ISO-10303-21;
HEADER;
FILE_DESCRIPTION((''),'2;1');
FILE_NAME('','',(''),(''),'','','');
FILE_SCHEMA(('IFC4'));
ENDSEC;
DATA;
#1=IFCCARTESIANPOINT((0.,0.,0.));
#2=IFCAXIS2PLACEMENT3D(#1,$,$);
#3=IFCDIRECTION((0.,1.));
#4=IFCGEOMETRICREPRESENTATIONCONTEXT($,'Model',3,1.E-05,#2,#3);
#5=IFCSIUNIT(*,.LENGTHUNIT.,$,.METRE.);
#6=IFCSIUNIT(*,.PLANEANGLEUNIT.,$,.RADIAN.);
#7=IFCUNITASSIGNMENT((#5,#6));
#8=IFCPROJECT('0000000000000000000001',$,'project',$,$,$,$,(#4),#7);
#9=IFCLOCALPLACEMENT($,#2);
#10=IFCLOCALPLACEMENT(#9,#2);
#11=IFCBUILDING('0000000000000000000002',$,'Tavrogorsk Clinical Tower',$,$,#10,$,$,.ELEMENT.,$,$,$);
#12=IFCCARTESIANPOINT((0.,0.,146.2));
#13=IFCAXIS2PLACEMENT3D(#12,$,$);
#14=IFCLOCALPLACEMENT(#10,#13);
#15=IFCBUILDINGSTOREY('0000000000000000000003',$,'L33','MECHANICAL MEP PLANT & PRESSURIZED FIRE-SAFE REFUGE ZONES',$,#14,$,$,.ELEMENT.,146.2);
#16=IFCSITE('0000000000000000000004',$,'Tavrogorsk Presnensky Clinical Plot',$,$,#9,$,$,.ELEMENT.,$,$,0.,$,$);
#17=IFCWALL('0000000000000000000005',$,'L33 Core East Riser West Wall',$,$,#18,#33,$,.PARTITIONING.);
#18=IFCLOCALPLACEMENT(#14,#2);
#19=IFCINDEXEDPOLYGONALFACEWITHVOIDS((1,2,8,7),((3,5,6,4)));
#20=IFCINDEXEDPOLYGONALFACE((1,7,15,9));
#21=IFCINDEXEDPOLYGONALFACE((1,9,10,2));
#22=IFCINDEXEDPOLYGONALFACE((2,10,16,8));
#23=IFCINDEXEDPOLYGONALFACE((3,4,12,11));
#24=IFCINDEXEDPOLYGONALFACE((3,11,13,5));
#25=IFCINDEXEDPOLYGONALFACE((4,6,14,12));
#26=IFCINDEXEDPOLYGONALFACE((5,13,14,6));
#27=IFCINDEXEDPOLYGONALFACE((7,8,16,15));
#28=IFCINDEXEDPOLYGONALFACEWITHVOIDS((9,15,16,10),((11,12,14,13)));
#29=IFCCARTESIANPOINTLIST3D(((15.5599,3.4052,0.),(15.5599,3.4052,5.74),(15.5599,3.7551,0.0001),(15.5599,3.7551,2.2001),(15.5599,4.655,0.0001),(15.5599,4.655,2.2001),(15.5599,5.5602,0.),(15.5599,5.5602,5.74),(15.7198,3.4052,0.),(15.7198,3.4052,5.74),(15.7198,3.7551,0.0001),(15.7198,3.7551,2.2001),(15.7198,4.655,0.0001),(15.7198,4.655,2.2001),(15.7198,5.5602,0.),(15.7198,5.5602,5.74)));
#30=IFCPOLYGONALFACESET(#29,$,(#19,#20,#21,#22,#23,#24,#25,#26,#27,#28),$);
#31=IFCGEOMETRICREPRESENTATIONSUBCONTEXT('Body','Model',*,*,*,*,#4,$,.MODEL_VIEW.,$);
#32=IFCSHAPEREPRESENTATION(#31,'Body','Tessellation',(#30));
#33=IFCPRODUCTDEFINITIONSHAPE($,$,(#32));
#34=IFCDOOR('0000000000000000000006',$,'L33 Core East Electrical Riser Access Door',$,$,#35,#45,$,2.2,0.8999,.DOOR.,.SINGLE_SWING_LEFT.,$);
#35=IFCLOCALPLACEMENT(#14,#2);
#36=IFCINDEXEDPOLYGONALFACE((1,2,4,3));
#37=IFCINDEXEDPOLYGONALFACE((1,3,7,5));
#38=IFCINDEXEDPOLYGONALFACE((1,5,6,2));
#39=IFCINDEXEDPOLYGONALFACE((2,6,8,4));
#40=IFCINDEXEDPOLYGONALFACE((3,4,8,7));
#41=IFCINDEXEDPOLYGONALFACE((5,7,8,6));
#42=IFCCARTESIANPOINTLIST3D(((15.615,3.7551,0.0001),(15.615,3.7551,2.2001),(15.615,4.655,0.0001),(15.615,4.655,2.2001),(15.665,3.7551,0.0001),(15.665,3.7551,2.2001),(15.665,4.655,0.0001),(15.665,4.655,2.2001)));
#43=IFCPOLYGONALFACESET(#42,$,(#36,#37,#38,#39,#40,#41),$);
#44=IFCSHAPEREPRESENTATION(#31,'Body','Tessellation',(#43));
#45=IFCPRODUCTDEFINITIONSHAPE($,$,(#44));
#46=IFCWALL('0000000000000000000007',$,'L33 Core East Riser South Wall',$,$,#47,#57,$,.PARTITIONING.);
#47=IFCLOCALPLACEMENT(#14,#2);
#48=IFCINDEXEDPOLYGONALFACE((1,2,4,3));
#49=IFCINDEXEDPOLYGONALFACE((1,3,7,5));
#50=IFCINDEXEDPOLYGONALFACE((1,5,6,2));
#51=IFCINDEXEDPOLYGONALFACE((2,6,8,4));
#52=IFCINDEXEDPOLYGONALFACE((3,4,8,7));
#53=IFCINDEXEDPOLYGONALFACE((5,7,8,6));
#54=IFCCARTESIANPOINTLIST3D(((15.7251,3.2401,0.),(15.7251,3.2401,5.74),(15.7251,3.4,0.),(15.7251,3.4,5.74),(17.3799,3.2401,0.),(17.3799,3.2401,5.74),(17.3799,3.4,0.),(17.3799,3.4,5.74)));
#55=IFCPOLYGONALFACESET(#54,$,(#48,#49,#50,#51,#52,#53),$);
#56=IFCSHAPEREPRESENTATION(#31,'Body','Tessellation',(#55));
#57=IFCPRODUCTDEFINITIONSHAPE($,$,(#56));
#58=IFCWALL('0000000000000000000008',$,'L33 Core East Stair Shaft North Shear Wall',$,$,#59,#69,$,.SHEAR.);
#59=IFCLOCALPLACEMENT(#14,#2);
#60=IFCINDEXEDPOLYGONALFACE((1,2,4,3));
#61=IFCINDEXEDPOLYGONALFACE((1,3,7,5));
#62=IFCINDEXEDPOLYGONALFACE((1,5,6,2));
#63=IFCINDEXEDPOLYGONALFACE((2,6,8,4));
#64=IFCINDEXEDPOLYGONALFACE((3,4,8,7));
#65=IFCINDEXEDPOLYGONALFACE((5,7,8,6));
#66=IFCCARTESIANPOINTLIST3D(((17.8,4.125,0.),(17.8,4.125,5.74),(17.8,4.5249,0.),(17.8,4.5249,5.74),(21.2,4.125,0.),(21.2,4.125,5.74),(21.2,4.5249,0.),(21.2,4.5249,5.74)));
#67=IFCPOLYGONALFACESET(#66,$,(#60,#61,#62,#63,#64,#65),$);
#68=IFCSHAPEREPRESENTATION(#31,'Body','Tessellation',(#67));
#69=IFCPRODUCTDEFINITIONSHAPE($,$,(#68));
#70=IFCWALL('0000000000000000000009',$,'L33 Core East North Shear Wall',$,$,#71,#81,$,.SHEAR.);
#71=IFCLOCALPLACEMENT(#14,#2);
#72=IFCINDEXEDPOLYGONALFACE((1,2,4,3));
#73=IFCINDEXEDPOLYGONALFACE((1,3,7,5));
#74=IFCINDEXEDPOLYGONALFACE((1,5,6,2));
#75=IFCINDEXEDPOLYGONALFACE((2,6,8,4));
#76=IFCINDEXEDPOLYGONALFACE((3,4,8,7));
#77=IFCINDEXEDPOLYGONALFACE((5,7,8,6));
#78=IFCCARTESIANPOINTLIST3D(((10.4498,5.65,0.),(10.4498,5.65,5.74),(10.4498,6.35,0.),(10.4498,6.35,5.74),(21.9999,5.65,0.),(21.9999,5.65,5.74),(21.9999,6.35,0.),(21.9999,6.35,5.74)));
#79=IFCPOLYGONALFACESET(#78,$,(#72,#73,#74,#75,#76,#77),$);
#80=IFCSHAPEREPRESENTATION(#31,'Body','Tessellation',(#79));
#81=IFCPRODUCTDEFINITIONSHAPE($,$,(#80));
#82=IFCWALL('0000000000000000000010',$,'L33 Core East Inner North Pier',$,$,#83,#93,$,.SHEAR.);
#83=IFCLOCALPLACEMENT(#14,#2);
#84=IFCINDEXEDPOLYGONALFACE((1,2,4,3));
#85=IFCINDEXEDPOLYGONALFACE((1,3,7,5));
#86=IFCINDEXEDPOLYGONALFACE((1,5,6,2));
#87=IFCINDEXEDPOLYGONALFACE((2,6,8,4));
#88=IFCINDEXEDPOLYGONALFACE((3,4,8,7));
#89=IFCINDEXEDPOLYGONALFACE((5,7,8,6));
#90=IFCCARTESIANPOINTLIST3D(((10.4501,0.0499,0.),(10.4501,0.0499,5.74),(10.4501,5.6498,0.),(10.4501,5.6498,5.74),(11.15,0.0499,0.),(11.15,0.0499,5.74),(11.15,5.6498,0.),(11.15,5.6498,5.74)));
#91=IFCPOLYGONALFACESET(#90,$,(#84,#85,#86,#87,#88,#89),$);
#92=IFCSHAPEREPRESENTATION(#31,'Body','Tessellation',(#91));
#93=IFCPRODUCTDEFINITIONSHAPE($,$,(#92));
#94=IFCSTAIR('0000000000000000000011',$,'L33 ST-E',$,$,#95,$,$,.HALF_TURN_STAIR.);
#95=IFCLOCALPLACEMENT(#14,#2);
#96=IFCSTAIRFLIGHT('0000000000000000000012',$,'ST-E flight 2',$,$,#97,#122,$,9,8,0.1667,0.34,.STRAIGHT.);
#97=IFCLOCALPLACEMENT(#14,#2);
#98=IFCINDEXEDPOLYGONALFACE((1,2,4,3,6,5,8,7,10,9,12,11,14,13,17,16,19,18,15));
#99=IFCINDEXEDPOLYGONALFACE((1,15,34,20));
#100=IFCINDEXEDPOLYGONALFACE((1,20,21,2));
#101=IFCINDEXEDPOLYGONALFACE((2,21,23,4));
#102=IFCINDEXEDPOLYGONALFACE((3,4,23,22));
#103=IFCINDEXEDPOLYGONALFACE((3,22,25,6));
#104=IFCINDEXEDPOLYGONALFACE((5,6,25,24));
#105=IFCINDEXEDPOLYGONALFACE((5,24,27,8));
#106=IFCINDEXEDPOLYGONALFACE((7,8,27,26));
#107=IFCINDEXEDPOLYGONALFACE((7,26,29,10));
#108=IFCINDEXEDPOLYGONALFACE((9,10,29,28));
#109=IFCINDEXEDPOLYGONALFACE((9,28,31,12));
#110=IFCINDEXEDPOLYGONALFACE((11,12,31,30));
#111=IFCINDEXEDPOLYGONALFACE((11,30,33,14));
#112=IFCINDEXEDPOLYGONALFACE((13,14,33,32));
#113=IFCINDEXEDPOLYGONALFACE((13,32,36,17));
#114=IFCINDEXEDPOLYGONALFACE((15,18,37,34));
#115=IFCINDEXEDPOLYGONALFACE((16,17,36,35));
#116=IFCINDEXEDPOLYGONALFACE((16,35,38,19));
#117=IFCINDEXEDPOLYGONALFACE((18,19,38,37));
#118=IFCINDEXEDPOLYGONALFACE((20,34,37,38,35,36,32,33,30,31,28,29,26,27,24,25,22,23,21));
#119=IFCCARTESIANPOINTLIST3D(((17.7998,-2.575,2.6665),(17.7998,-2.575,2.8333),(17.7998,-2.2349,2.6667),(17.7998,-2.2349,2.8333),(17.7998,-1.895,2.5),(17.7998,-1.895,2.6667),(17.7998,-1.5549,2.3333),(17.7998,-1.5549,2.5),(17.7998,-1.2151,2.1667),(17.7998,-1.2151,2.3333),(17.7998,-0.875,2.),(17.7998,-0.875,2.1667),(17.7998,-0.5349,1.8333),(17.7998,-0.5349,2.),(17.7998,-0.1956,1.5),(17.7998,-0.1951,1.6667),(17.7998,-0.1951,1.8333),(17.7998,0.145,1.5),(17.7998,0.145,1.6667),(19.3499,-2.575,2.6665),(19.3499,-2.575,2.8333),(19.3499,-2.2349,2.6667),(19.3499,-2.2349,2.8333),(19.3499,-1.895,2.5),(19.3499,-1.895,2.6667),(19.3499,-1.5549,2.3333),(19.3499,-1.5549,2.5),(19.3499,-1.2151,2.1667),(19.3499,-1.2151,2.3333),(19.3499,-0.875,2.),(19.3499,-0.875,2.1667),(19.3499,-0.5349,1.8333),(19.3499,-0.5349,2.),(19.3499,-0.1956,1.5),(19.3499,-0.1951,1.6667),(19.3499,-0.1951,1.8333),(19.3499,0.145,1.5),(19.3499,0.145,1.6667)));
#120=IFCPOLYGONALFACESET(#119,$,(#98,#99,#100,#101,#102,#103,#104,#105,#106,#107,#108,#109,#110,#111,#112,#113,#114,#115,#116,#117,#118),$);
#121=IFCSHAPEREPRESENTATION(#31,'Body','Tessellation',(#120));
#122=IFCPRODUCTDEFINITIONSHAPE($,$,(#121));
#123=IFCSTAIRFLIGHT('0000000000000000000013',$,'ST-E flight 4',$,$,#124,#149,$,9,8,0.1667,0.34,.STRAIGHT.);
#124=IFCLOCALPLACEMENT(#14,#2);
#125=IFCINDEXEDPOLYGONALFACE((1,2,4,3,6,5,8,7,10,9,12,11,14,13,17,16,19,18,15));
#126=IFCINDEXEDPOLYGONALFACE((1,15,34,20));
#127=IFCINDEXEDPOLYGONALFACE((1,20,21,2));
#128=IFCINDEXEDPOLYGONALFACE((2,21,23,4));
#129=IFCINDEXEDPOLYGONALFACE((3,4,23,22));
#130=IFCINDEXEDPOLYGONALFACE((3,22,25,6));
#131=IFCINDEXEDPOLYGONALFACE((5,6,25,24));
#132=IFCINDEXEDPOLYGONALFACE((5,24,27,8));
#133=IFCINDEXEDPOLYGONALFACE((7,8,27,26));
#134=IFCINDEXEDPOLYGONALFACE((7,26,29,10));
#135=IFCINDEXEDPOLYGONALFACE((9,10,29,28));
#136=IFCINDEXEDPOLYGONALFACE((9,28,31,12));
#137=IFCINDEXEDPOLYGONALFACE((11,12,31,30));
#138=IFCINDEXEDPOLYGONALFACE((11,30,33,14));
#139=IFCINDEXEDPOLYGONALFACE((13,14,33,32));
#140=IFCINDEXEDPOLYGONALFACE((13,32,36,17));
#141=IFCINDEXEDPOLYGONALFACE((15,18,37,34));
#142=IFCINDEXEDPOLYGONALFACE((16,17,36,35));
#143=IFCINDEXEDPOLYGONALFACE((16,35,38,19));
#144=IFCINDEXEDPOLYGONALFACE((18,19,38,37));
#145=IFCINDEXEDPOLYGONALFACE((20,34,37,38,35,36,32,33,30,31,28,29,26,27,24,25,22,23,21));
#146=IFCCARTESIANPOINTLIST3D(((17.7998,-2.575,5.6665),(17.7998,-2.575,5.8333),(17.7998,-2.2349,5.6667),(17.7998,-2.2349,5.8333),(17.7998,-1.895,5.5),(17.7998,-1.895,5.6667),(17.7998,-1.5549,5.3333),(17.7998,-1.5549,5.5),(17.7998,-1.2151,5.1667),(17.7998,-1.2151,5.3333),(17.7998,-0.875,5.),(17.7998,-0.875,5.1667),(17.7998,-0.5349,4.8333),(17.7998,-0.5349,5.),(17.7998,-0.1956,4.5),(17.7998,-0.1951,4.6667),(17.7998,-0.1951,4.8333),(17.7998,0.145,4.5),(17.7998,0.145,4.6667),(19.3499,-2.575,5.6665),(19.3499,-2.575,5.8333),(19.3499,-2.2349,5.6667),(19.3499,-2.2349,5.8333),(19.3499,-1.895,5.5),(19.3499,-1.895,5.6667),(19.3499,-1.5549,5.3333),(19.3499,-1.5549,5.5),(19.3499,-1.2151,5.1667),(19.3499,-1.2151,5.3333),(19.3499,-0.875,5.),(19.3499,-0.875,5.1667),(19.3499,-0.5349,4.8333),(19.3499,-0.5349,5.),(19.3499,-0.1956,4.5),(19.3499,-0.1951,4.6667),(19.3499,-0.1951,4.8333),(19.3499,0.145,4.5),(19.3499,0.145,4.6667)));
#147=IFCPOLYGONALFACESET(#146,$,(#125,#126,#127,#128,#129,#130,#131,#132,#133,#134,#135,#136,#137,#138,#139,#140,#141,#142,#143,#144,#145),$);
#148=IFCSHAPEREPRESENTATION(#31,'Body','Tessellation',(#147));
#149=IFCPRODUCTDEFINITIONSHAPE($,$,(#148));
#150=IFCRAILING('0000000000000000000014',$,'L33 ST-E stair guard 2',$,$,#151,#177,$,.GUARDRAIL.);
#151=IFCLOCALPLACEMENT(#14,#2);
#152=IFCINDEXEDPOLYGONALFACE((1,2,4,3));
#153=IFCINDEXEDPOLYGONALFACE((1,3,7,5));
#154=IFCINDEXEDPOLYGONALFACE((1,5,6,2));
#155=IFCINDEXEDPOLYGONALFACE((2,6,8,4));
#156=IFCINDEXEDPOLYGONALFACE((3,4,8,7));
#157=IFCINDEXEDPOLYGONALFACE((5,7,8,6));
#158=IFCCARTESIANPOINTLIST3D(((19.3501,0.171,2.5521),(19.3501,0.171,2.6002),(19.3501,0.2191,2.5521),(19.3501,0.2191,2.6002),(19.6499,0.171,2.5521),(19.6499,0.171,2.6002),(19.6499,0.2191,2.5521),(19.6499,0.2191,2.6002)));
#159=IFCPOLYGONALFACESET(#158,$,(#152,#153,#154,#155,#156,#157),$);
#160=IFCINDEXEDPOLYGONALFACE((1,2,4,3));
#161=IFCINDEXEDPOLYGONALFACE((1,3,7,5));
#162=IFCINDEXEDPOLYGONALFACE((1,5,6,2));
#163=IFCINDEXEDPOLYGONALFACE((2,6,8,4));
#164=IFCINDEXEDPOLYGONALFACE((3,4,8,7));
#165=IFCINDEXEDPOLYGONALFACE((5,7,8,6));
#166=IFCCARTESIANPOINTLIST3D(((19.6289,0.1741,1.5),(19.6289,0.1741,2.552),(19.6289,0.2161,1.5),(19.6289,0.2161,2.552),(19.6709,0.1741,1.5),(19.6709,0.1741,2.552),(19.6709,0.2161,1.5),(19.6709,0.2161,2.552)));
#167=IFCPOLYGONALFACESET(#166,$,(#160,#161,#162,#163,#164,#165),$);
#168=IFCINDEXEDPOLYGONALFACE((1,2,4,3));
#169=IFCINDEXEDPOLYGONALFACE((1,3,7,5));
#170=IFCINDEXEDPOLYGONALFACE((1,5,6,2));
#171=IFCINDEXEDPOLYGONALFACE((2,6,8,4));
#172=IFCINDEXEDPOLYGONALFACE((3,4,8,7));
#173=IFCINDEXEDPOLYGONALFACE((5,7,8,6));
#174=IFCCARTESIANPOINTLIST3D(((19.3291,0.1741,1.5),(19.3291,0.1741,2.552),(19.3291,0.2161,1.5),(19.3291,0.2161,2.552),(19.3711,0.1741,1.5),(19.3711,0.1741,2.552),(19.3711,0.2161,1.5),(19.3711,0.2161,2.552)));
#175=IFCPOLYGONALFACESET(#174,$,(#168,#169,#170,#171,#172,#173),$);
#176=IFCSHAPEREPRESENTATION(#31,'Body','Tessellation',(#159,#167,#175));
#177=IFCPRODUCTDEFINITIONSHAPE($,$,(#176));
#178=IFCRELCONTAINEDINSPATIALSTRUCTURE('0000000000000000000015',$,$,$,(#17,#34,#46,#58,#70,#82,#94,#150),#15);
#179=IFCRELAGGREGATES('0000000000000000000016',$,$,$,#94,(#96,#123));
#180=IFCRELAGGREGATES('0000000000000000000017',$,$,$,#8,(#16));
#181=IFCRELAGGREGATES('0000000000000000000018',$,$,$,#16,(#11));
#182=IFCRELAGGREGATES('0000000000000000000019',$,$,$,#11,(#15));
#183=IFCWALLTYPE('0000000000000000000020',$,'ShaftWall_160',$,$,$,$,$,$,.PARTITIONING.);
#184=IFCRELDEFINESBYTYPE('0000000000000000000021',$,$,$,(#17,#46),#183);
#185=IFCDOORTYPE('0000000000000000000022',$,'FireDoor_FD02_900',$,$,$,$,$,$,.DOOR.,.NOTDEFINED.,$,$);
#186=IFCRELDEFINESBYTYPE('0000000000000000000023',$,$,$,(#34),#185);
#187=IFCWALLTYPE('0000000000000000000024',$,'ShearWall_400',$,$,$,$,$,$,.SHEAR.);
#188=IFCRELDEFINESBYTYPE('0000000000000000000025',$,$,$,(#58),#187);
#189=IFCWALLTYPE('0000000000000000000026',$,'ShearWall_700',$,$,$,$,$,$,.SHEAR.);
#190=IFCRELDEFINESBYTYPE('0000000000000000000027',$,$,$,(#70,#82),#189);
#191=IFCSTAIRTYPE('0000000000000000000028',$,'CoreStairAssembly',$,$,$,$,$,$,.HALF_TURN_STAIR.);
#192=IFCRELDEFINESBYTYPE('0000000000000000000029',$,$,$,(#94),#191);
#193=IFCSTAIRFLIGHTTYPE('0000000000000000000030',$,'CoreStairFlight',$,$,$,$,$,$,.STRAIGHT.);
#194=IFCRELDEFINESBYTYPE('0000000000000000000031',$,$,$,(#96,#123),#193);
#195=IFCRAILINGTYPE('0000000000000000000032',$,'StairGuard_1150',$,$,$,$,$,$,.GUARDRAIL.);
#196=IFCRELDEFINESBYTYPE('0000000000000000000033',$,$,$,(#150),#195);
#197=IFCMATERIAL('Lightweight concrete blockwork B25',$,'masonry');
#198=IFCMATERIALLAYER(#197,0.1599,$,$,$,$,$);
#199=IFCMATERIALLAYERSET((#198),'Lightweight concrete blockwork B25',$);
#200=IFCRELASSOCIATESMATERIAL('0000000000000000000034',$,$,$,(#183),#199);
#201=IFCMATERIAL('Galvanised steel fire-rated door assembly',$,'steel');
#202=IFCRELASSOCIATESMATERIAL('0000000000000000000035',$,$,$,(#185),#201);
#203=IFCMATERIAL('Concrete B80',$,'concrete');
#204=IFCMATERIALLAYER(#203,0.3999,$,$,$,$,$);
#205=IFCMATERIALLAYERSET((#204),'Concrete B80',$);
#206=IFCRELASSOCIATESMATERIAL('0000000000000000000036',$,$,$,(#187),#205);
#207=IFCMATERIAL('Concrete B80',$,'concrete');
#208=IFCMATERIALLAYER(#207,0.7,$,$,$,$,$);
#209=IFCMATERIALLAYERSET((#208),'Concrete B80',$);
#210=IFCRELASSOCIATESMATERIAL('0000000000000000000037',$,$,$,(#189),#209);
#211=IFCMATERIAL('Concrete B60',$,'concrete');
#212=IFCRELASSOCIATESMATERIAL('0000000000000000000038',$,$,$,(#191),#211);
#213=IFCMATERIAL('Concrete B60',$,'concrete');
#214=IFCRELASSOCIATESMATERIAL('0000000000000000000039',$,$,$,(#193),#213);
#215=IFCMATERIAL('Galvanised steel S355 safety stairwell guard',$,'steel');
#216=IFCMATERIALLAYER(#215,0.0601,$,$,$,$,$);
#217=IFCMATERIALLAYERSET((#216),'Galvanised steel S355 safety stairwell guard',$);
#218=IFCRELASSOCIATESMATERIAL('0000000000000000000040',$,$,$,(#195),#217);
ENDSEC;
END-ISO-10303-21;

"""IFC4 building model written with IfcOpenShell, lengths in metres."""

from ifc_helpers import new_model, si_unit, direction, frame, frame_2d, origin, origin_2d, place, context, subcontext, project, spatial, polyline, rectangle, outline, extrude, material, layer, layer_set, type_object, element, fill, aggregate, save


model = new_model("IFC4")

# Units and contexts
model_context = context("Model", 3, precision=1e-05, world=origin(), true_north=direction((0.0, 1.0)))
body_context = subcontext(model_context, "Body", "Model", "MODEL_VIEW")
ifc_project = project(units=[si_unit("LENGTHUNIT", "METRE"), si_unit("PLANEANGLEUNIT", "RADIAN")], contexts=[model_context])

# Site, building, storey
site_placement = place(None, origin())
site = spatial("IfcSite", under=ifc_project, at=site_placement, Name="Tavrogorsk Presnensky Clinical Plot", CompositionType="ELEMENT", RefElevation=0.0)
building_placement = place(site_placement, origin())
building = spatial("IfcBuilding", under=site, at=building_placement, Name="Tavrogorsk Clinical Tower", CompositionType="ELEMENT")
storey_placement = place(building_placement, frame((0.0, 0.0, 146.2)))
storey = spatial("IfcBuildingStorey", under=building, at=storey_placement, Name="L33", Description="MECHANICAL MEP PLANT & PRESSURIZED FIRE-SAFE REFUGE ZONES", CompositionType="ELEMENT", Elevation=146.2)

# Shared definitions
ifc_material_1 = material(Name="Lightweight concrete blockwork B25", Category="masonry")
ifc_layer_1 = layer(ifc_material_1, 0.1599)
ifc_layer_set_1 = layer_set([ifc_layer_1], Name="Lightweight concrete blockwork B25")
wall_type_1 = type_object("IfcWallType", Name="ShaftWall_160", PredefinedType="PARTITIONING", material=ifc_layer_set_1)

# Wall, opening, door
wall_1_placement = place(storey_placement, frame((15.6399, 3.405, 0.0), z_axis=(0.0, 0.0, 1.0), x_axis=(0.0, 1.0, 0.0)))
wall_1 = element("IfcWall", 1, at=wall_1_placement, inside=storey, type_object=wall_type_1, Name="L33 Core East Riser West Wall", PredefinedType="PARTITIONING", context=body_context, shape_type="SweptSolid", body=[
    extrude(rectangle(XDim=2.155, YDim=0.1599, at=frame_2d((1.0776, 0.0))), origin(), (0.0, 0.0, 1.0), 5.74),
])
opening_1_placement = place(wall_1_placement, frame((0.3501, 0.0, 0.0)))
opening_1 = element("IfcOpeningElement", 2, at=opening_1_placement, cuts=wall_1, PredefinedType="OPENING", context=body_context, shape_type="SweptSolid", body=[
    extrude(rectangle(XDim=0.8999, YDim=2.2, at=frame_2d((0.45, 1.1001))), frame((0.0, 0.0898, 0.0), z_axis=(0.0, -1.0, 0.0), x_axis=(1.0, 0.0, 0.0)), (0.0, 0.0, 1.0), 0.1799),
])
ifc_material_2 = material(Name="Galvanised steel fire-rated door assembly", Category="steel")
door_type_1 = type_object("IfcDoorType", Name="FireDoor_FD02_900", OperationType="NOTDEFINED", PredefinedType="DOOR", material=ifc_material_2)
door_1_placement = place(opening_1_placement, origin())
door_1 = element("IfcDoor", 3, at=door_1_placement, inside=storey, type_object=door_type_1, Name="L33 Core East Electrical Riser Access Door", OperationType="SINGLE_SWING_LEFT", OverallHeight=2.2, OverallWidth=0.8999, PredefinedType="DOOR", context=body_context, shape_type="SweptSolid", body=[
    extrude(rectangle(XDim=0.8999, YDim=2.2, at=frame_2d((0.45, 1.1001))), frame((0.0, 0.0249, 0.0), z_axis=(0.0, -1.0, 0.0), x_axis=(1.0, 0.0, 0.0)), (0.0, 0.0, 1.0), 0.05),
])
fill(opening_1, door_1)

# Walls
wall_2_placement = place(storey_placement, frame((15.7251, 3.3201, 0.0), z_axis=(0.0, 0.0, 1.0), x_axis=(1.0, 0.0, 0.0)))
element("IfcWall", 4, at=wall_2_placement, inside=storey, type_object=wall_type_1, Name="L33 Core East Riser South Wall", PredefinedType="PARTITIONING", context=body_context, shape_type="SweptSolid", body=[
    extrude(rectangle(XDim=1.6548, YDim=0.1599, at=frame_2d((0.8274, 0.0))), origin(), (0.0, 0.0, 1.0), 5.74),
])
ifc_material_3 = material(Name="Concrete B80", Category="concrete")
ifc_layer_2 = layer(ifc_material_3, 0.3999)
ifc_layer_set_2 = layer_set([ifc_layer_2], Name="Concrete B80")
wall_type_2 = type_object("IfcWallType", Name="ShearWall_400", PredefinedType="SHEAR", material=ifc_layer_set_2)
wall_3_placement = place(storey_placement, frame((17.8, 4.325, 0.0), z_axis=(0.0, 0.0, 1.0), x_axis=(1.0, 0.0, 0.0)))
element("IfcWall", 5, at=wall_3_placement, inside=storey, type_object=wall_type_2, Name="L33 Core East Stair Shaft North Shear Wall", PredefinedType="SHEAR", context=body_context, shape_type="SweptSolid", body=[
    extrude(rectangle(XDim=3.3999, YDim=0.3999, at=frame_2d((1.7, 0.0))), origin(), (0.0, 0.0, 1.0), 5.74),
])
ifc_material_4 = material(Name="Concrete B80", Category="concrete")
ifc_layer_3 = layer(ifc_material_4, 0.7)
ifc_layer_set_3 = layer_set([ifc_layer_3], Name="Concrete B80")
wall_type_3 = type_object("IfcWallType", Name="ShearWall_700", PredefinedType="SHEAR", material=ifc_layer_set_3)
wall_4_placement = place(storey_placement, frame((10.45, 6.0, 0.0), z_axis=(0.0, 0.0, 1.0), x_axis=(1.0, 0.0, 0.0)))
element("IfcWall", 6, at=wall_4_placement, inside=storey, type_object=wall_type_3, Name="L33 Core East North Shear Wall", PredefinedType="SHEAR", context=body_context, shape_type="SweptSolid", body=[
    extrude(rectangle(XDim=11.55, YDim=0.7, at=frame_2d((5.7749, 0.0))), origin(), (0.0, 0.0, 1.0), 5.74),
])
wall_5_placement = place(storey_placement, frame((10.8, 0.05, 0.0), z_axis=(0.0, 0.0, 1.0), x_axis=(0.0, 1.0, 0.0)))
element("IfcWall", 7, at=wall_5_placement, inside=storey, type_object=wall_type_3, Name="L33 Core East Inner North Pier", PredefinedType="SHEAR", context=body_context, shape_type="SweptSolid", body=[
    extrude(rectangle(XDim=5.5999, YDim=0.7, at=frame_2d((2.7998, 0.0))), origin(), (0.0, 0.0, 1.0), 5.74),
])

# Stair, stair flights
ifc_material_5 = material(Name="Concrete B60", Category="concrete")
stair_type = type_object("IfcStairType", Name="CoreStairAssembly", PredefinedType="HALF_TURN_STAIR", material=ifc_material_5)
stair_placement = place(storey_placement, origin())
stair = element("IfcStair", 8, at=stair_placement, inside=storey, type_object=stair_type, Name="L33 ST-E", PredefinedType="HALF_TURN_STAIR")
ifc_material_6 = material(Name="Concrete B60", Category="concrete")
stair_flight_type = type_object("IfcStairFlightType", Name="CoreStairFlight", PredefinedType="STRAIGHT", material=ifc_material_6)
stair_flight_1_placement = place(storey_placement, frame((18.575, 0.145, 1.5), z_axis=(0.0, 0.0, 1.0), x_axis=(0.0, -1.0, 0.0)))
stair_flight_1 = element("IfcStairFlight", 9, at=stair_flight_1_placement, type_object=stair_flight_type, Name="ST-E flight 2", NumberOfRisers=9, NumberOfTreads=8, PredefinedType="STRAIGHT", RiserHeight=0.1667, TreadLength=0.34, context=body_context, shape_type="SweptSolid", body=[
    extrude(outline(polyline([(0.0, 0.0), (0.0, 0.1667), (0.3401, 0.1667), (0.3401, 0.3333), (0.6799, 0.3333), (0.6799, 0.5), (1.02, 0.5), (1.02, 0.6667), (1.3601, 0.6667), (1.3601, 0.8333), (1.7, 0.8333), (1.7, 1.0), (2.04, 1.0), (2.04, 1.1667), (2.3799, 1.1667), (2.3799, 1.3333), (2.72, 1.3333), (2.72, 1.5), (2.72, 1.1665), (0.3406, 0.0), (0.0, 0.0)])), frame((0.0, 0.7749, 0.0), z_axis=(0.0, -1.0, 0.0), x_axis=(1.0, 0.0, 0.0)), (0.0, 0.0, 1.0), 1.55),
])
stair_flight_2_placement = place(storey_placement, frame((18.575, 0.145, 4.5), z_axis=(0.0, 0.0, 1.0), x_axis=(0.0, -1.0, 0.0)))
stair_flight_2 = element("IfcStairFlight", 10, at=stair_flight_2_placement, type_object=stair_flight_type, Name="ST-E flight 4", NumberOfRisers=9, NumberOfTreads=8, PredefinedType="STRAIGHT", RiserHeight=0.1667, TreadLength=0.34, context=body_context, shape_type="SweptSolid", body=[
    extrude(outline(polyline([(0.0, 0.0), (0.0, 0.1667), (0.3401, 0.1667), (0.3401, 0.3333), (0.6799, 0.3333), (0.6799, 0.5), (1.02, 0.5), (1.02, 0.6667), (1.3601, 0.6667), (1.3601, 0.8333), (1.7, 0.8333), (1.7, 1.0), (2.04, 1.0), (2.04, 1.1667), (2.3799, 1.1667), (2.3799, 1.3333), (2.72, 1.3333), (2.72, 1.5), (2.72, 1.1665), (0.3406, 0.0), (0.0, 0.0)])), frame((0.0, 0.7749, 0.0), z_axis=(0.0, -1.0, 0.0), x_axis=(1.0, 0.0, 0.0)), (0.0, 0.0, 1.0), 1.55),
])
aggregate(stair, [stair_flight_1, stair_flight_2])

# Railing
ifc_material_7 = material(Name="Galvanised steel S355 safety stairwell guard", Category="steel")
ifc_layer_4 = layer(ifc_material_7, 0.0601)
ifc_layer_set_4 = layer_set([ifc_layer_4], Name="Galvanised steel S355 safety stairwell guard")
railing_type_1 = type_object("IfcRailingType", Name="StairGuard_1150", PredefinedType="GUARDRAIL", material=ifc_layer_set_4)
railing_1_placement = place(storey_placement, frame((19.6499, 0.1951, 1.5)))
element("IfcRailing", 11, at=railing_1_placement, inside=storey, type_object=railing_type_1, Name="L33 ST-E stair guard 2", PredefinedType="GUARDRAIL", context=body_context, shape_type="SweptSolid", body=[
    extrude(rectangle(XDim=0.0481, YDim=0.0481, at=origin_2d()), frame((0.0, 0.0, 1.0762), z_axis=(-1.0, 0.0, 0.0), x_axis=(0.0, -1.0, 0.0)), (0.0, 0.0, 1.0), 0.2998),
    extrude(rectangle(XDim=0.042, YDim=0.042, at=origin_2d()), origin(), (0.0, 0.0, 1.0), 1.052),
    extrude(rectangle(XDim=0.042, YDim=0.042, at=origin_2d()), frame((-0.2998, 0.0, 0.0)), (0.0, 0.0, 1.0), 1.052),
])

save(model, "model.ifc")
